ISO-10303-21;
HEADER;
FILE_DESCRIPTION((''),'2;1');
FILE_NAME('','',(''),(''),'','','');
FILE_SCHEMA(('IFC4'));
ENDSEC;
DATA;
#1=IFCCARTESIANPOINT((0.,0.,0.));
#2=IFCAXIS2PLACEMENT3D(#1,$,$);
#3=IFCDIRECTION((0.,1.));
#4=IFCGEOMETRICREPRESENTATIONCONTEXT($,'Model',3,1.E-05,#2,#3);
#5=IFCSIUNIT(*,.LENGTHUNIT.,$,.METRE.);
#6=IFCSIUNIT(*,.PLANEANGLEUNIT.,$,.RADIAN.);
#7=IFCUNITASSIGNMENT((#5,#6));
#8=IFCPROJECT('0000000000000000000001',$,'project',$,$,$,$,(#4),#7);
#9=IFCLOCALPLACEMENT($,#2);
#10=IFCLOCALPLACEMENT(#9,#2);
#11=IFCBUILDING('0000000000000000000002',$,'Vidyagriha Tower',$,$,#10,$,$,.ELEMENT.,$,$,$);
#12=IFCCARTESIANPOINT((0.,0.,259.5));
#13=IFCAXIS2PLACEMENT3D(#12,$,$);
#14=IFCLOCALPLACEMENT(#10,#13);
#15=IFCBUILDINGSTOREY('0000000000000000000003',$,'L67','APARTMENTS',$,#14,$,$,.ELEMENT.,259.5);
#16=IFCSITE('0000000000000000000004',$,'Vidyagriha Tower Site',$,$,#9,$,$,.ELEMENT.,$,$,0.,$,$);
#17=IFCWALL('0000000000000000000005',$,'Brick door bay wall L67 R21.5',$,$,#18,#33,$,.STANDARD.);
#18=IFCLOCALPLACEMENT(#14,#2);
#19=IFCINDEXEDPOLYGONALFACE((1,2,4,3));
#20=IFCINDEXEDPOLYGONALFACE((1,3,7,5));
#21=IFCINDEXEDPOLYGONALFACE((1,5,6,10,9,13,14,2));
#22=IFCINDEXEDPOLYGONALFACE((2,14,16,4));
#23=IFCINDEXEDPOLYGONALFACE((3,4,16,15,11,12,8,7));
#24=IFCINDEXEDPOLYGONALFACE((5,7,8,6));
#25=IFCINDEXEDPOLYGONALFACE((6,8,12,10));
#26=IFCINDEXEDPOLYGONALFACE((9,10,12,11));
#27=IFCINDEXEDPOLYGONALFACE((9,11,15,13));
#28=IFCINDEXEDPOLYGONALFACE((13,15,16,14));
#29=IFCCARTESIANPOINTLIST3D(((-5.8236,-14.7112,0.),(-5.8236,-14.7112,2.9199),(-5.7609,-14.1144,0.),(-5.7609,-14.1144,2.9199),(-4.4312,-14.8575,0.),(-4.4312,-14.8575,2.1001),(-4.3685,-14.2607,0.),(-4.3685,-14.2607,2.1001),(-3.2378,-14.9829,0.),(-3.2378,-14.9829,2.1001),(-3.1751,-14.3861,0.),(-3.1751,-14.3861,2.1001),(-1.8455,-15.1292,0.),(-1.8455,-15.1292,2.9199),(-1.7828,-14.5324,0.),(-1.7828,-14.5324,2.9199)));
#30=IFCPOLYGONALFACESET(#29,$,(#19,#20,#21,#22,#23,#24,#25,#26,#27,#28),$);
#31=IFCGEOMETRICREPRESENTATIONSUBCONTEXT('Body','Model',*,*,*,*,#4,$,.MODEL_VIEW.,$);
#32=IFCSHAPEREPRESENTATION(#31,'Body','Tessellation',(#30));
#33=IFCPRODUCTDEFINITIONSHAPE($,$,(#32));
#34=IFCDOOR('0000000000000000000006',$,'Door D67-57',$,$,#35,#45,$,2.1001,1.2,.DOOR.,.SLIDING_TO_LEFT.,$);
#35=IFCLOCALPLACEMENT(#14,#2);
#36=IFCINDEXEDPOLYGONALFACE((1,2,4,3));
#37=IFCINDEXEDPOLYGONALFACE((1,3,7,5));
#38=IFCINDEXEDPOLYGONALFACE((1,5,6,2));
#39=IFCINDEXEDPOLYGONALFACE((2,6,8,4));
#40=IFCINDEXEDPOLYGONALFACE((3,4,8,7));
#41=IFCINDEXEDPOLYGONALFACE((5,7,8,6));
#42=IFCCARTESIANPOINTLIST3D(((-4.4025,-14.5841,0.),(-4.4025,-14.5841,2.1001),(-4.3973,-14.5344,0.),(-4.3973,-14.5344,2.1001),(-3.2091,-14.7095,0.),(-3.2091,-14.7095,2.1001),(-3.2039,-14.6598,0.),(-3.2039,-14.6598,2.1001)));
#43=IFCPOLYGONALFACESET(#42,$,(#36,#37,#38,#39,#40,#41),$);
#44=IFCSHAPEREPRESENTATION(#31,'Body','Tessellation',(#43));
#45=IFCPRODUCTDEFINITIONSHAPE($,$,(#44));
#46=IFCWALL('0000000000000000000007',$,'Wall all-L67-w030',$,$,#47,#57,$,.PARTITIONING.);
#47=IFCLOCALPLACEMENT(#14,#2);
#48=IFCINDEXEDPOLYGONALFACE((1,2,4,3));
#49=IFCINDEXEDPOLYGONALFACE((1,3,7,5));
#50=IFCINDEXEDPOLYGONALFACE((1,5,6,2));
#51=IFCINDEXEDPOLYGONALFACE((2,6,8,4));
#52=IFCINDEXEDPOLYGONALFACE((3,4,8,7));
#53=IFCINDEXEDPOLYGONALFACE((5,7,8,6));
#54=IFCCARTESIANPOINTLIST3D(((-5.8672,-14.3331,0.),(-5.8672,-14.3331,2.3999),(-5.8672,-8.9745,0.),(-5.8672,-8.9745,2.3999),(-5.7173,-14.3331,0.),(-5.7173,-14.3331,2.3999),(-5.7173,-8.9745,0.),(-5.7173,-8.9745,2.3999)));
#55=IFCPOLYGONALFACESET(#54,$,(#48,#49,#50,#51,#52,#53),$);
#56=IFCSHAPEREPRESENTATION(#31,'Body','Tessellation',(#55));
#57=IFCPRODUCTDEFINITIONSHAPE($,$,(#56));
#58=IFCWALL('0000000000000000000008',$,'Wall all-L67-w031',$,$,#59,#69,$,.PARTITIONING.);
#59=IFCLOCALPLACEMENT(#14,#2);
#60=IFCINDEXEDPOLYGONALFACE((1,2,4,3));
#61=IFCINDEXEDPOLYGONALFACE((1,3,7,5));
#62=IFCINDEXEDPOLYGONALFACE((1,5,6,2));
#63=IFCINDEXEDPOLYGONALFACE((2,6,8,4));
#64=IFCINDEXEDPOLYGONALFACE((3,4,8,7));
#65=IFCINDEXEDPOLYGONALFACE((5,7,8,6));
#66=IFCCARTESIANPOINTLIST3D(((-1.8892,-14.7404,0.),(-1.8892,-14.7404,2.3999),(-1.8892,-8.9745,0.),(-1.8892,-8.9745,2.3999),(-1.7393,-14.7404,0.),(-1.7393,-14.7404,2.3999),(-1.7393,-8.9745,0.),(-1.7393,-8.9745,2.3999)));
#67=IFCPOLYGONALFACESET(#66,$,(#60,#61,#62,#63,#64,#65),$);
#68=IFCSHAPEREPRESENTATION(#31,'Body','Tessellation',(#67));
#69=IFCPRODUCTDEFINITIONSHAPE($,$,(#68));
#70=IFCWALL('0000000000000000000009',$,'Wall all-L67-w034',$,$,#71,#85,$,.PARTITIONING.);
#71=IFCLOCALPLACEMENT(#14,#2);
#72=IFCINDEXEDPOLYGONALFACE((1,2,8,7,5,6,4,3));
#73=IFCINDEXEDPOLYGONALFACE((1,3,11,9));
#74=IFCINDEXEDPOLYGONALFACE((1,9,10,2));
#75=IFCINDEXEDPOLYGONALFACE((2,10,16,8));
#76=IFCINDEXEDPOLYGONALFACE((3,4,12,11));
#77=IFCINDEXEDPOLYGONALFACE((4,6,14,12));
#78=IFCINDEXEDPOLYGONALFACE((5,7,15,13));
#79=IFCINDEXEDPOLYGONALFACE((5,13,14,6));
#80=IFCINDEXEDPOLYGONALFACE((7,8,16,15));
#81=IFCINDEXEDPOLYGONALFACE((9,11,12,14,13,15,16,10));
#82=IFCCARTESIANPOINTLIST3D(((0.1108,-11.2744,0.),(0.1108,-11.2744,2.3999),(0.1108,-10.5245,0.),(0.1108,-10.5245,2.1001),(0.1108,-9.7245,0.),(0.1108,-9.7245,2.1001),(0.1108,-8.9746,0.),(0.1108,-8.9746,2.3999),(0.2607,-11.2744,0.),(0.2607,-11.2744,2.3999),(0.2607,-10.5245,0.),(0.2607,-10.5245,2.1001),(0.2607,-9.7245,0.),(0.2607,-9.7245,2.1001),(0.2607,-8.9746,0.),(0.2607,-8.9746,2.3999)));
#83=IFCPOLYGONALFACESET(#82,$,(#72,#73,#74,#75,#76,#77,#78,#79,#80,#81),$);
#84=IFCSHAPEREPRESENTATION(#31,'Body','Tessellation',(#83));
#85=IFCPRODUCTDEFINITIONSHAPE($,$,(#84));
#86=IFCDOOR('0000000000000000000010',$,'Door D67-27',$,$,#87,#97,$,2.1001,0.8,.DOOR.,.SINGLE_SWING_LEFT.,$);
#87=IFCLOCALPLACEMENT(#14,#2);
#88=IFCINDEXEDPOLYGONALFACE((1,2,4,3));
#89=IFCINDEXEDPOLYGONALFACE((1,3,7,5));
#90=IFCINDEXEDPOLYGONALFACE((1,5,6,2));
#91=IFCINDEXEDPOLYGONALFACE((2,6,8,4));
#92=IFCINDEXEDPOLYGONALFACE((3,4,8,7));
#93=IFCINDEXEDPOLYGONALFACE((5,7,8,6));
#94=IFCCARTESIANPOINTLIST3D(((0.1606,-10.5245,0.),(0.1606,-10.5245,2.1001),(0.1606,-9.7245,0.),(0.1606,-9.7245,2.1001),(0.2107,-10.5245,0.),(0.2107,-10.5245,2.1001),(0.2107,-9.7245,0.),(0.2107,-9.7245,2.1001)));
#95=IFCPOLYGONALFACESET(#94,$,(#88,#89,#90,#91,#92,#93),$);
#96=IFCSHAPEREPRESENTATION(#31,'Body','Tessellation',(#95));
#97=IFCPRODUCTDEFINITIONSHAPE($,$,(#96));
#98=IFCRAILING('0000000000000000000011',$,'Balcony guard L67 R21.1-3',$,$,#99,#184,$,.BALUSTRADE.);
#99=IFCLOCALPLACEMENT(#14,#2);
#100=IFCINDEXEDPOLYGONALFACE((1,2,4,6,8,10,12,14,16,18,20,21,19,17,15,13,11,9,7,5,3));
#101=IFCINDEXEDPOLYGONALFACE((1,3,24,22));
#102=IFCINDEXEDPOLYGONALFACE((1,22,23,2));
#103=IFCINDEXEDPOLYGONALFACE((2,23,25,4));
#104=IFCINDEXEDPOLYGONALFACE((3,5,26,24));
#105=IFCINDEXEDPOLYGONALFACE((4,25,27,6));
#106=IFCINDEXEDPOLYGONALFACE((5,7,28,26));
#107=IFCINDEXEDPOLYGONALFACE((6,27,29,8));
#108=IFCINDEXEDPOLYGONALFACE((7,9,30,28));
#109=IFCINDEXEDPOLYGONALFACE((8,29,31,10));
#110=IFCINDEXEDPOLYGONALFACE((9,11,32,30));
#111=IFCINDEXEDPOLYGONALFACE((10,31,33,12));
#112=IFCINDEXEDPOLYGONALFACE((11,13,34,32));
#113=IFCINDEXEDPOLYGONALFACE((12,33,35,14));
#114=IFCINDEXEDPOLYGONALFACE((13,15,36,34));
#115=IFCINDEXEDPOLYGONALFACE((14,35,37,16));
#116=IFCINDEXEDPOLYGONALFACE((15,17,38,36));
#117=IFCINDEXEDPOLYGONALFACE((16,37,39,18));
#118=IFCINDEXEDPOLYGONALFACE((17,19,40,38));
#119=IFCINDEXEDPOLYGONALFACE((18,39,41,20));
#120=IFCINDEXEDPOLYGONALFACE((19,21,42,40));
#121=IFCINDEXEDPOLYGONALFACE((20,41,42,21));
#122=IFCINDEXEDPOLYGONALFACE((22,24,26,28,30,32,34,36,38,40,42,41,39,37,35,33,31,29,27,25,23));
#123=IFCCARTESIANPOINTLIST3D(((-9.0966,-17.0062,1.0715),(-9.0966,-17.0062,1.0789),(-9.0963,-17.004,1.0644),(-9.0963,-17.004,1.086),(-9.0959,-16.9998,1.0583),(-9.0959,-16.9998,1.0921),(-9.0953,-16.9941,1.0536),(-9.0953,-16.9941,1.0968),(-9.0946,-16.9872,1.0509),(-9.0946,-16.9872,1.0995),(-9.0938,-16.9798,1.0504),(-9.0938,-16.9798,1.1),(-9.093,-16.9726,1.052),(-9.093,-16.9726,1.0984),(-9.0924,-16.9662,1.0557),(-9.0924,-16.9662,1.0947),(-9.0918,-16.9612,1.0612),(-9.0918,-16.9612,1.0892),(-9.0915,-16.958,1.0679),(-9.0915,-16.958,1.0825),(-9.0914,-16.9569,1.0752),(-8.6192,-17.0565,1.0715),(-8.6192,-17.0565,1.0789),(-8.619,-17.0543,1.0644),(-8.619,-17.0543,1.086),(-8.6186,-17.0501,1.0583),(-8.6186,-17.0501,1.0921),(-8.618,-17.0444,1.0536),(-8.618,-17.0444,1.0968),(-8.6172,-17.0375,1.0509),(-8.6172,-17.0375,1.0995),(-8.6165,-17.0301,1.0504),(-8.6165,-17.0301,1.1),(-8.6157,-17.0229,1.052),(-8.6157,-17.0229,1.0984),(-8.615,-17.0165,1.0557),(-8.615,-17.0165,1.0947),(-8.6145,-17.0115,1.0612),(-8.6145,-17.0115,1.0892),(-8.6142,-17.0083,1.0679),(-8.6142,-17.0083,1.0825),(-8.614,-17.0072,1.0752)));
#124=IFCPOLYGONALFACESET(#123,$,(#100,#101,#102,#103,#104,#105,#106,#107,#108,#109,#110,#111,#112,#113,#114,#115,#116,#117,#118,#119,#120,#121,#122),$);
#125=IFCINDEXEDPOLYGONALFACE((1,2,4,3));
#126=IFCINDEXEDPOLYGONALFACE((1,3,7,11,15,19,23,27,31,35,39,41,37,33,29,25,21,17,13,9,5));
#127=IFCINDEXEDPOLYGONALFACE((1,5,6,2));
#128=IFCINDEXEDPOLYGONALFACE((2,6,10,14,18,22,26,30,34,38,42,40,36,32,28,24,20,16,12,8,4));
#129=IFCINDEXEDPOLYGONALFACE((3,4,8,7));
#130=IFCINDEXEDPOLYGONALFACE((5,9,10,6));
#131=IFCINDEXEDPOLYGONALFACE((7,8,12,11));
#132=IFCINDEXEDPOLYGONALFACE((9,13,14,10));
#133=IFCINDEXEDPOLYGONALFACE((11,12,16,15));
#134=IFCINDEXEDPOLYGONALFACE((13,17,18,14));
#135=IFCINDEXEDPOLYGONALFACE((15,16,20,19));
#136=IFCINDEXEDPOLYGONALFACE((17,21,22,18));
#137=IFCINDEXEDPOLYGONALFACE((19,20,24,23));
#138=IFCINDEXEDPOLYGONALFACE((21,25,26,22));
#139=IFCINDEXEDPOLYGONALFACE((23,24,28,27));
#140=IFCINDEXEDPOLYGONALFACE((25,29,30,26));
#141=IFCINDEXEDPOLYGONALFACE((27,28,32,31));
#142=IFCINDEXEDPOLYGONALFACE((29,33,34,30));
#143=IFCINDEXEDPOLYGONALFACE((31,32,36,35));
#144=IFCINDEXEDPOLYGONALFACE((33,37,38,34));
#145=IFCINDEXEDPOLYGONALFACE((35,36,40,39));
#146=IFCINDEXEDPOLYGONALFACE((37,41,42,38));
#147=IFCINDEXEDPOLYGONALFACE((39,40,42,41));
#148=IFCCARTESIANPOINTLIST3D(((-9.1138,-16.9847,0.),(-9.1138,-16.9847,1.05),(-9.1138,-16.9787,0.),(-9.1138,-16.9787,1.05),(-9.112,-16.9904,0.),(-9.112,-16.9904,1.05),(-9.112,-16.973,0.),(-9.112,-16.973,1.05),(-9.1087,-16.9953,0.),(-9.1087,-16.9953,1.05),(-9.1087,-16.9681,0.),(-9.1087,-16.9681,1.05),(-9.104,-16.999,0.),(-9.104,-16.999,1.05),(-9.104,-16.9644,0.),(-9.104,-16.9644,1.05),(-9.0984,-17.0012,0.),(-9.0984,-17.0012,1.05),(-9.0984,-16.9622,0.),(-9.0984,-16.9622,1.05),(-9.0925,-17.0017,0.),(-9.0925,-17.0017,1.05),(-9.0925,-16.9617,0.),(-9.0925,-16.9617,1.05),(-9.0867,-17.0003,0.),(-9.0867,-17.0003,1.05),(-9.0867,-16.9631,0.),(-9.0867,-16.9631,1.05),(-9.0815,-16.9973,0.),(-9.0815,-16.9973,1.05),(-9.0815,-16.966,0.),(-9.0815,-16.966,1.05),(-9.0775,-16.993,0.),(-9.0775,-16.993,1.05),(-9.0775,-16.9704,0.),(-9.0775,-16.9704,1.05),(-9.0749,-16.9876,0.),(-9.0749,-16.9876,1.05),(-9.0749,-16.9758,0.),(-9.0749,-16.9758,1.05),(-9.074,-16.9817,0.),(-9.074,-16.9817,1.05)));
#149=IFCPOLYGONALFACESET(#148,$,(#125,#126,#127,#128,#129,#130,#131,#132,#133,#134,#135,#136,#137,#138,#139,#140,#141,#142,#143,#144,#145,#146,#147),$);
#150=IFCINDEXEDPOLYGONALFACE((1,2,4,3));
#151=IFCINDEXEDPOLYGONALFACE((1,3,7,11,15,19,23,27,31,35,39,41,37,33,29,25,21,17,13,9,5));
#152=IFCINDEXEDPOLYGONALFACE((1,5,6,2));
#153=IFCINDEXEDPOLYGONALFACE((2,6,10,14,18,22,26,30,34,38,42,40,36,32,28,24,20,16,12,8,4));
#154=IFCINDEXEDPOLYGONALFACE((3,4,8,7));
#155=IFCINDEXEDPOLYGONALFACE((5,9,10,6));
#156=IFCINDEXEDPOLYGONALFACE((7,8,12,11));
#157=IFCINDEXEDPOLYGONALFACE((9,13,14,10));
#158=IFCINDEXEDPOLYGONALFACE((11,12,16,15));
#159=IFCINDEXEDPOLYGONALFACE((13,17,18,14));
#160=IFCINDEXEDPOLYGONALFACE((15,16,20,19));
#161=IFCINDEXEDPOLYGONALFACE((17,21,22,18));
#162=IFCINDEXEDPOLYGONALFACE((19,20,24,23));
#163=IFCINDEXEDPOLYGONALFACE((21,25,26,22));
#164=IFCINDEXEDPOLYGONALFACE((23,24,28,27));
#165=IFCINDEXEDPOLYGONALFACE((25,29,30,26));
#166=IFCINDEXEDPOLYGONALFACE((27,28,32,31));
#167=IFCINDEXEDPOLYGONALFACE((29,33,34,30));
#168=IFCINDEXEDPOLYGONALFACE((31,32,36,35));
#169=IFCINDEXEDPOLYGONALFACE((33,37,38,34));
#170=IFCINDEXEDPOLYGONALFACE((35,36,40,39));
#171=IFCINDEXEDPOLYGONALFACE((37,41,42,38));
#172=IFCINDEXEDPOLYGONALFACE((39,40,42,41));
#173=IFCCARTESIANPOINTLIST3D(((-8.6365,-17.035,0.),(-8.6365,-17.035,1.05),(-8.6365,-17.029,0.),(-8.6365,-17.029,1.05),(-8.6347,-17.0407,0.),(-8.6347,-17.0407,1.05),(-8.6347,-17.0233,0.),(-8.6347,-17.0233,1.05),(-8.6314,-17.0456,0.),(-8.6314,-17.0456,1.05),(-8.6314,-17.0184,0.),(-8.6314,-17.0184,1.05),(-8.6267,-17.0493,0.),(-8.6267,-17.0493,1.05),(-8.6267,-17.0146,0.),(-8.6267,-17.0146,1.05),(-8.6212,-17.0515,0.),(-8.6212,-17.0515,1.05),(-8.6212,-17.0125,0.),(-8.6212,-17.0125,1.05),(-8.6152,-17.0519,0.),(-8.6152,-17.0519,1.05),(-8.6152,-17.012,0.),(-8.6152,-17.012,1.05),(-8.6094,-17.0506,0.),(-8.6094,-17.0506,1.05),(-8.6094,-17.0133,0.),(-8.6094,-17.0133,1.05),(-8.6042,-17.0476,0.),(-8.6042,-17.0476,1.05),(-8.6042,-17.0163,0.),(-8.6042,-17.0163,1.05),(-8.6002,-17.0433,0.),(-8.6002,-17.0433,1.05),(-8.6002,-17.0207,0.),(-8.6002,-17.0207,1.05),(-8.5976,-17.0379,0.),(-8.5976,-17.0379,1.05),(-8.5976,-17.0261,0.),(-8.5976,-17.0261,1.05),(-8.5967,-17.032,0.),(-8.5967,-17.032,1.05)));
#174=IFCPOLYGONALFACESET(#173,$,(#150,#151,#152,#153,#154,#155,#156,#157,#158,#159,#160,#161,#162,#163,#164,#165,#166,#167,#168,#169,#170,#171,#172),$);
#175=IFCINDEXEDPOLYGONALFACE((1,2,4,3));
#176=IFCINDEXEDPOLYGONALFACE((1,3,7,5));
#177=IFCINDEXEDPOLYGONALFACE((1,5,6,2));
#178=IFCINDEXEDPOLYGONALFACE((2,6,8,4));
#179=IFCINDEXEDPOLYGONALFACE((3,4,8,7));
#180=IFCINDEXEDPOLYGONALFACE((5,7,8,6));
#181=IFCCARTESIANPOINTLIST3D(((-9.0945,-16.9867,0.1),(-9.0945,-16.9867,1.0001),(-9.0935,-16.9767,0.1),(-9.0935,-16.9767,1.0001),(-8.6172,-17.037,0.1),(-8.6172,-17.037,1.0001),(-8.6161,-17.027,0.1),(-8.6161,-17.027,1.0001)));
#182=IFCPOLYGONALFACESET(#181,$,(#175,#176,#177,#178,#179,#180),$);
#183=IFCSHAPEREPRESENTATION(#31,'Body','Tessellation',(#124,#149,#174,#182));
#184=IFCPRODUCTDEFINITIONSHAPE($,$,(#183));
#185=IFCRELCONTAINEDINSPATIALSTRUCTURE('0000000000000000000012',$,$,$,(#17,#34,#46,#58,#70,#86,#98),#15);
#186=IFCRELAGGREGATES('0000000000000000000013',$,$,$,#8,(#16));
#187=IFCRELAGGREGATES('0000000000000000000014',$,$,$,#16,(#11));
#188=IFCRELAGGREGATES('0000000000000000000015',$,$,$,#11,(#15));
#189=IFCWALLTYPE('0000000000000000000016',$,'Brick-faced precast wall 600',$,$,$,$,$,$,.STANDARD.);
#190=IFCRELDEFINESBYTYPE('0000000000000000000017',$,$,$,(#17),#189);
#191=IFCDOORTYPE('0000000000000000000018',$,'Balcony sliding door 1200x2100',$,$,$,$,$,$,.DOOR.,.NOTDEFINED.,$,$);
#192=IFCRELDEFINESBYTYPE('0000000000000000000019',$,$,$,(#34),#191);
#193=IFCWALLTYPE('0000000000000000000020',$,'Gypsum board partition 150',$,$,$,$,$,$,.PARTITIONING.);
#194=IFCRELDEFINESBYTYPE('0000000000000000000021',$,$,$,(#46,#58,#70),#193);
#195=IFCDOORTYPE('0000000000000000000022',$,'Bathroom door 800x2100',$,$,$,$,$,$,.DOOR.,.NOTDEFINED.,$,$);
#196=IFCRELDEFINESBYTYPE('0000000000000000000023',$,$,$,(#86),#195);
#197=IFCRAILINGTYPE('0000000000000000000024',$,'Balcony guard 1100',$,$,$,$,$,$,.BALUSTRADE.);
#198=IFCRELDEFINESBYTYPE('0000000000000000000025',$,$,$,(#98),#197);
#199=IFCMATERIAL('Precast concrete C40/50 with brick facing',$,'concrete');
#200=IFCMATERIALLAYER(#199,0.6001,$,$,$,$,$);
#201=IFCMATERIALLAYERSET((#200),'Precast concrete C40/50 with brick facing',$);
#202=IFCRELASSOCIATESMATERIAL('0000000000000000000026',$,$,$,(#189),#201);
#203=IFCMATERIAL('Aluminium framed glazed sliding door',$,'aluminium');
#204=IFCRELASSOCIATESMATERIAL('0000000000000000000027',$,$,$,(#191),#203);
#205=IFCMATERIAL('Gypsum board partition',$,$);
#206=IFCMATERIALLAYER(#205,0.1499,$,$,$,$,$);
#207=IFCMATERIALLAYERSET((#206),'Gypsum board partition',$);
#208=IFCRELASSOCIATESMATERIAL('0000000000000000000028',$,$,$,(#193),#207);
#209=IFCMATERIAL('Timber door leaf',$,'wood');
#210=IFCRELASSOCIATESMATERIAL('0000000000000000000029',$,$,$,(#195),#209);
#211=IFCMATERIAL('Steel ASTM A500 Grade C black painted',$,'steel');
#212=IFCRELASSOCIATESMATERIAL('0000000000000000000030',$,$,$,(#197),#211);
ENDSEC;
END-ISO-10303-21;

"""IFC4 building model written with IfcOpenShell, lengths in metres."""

from ifc_helpers import new_model, si_unit, direction, frame, frame_2d, origin, origin_2d, place, context, subcontext, project, spatial, rectangle, circle, extrude, material, layer, layer_set, type_object, element, fill, save


model = new_model("IFC4")

# Units and contexts
model_context = context("Model", 3, precision=1e-05, world=origin(), true_north=direction((0.0, 1.0)))
body_context = subcontext(model_context, "Body", "Model", "MODEL_VIEW")
ifc_project = project(units=[si_unit("LENGTHUNIT", "METRE"), si_unit("PLANEANGLEUNIT", "RADIAN")], contexts=[model_context])

# Site, building, storey
site_placement = place(None, origin())
site = spatial("IfcSite", under=ifc_project, at=site_placement, Name="Vidyagriha Tower Site", CompositionType="ELEMENT", RefElevation=0.0)
building_placement = place(site_placement, origin())
building = spatial("IfcBuilding", under=site, at=building_placement, Name="Vidyagriha Tower", CompositionType="ELEMENT")
storey_placement = place(building_placement, frame((0.0, 0.0, 259.5)))
storey = spatial("IfcBuildingStorey", under=building, at=storey_placement, Name="L67", Description="APARTMENTS", CompositionType="ELEMENT", Elevation=259.5)

# Wall, opening, door
ifc_material_1 = material(Name="Precast concrete C40/50 with brick facing", Category="concrete")
ifc_layer_1 = layer(ifc_material_1, 0.6001)
ifc_layer_set_1 = layer_set([ifc_layer_1], Name="Precast concrete C40/50 with brick facing")
wall_type_1 = type_object("IfcWallType", Name="Brick-faced precast wall 600", PredefinedType="STANDARD", material=ifc_layer_set_1)
wall_1_placement = place(storey_placement, frame((-5.7922, -14.4128, 0.0), z_axis=(0.0, 0.0, 1.0), x_axis=(0.994526, -0.104494, 0.0)))
wall_1 = element("IfcWall", 1, at=wall_1_placement, inside=storey, type_object=wall_type_1, Name="Brick door bay wall L67 R21.5", PredefinedType="STANDARD", context=body_context, shape_type="SweptSolid", body=[
    extrude(rectangle(XDim=4.0, YDim=0.6001, at=frame_2d((2.0, 0.0))), origin(), (0.0, 0.0, 1.0), 2.9199),
])
opening_1_placement = place(wall_1_placement, frame((1.3999, 0.0, 0.0)))
opening_1 = element("IfcOpeningElement", 2, at=opening_1_placement, cuts=wall_1, PredefinedType="OPENING", context=body_context, shape_type="SweptSolid", body=[
    extrude(rectangle(XDim=1.2, YDim=2.1001, at=frame_2d((0.6001, 1.05))), frame((0.0, 0.3101, 0.0), z_axis=(0.0, -1.0, 0.0), x_axis=(1.0, 0.0, 0.0)), (0.0, 0.0, 1.0), 0.6201),
])
ifc_material_2 = material(Name="Aluminium framed glazed sliding door", Category="aluminium")
door_type_1 = type_object("IfcDoorType", Name="Balcony sliding door 1200x2100", OperationType="NOTDEFINED", PredefinedType="DOOR", material=ifc_material_2)
door_1_placement = place(opening_1_placement, origin())
door_1 = element("IfcDoor", 3, at=door_1_placement, inside=storey, type_object=door_type_1, Name="Door D67-57", OperationType="SLIDING_TO_LEFT", OverallHeight=2.1001, OverallWidth=1.2, PredefinedType="DOOR", context=body_context, shape_type="SweptSolid", body=[
    extrude(rectangle(XDim=1.2, YDim=2.1001, at=frame_2d((0.6001, 1.05))), frame((0.0, 0.0249, 0.0), z_axis=(0.0, -1.0, 0.0), x_axis=(1.0, 0.0, 0.0)), (0.0, 0.0, 1.0), 0.05),
])
fill(opening_1, door_1)

# Walls
ifc_material_3 = material(Name="Gypsum board partition")
ifc_layer_2 = layer(ifc_material_3, 0.1499)
ifc_layer_set_2 = layer_set([ifc_layer_2], Name="Gypsum board partition")
wall_type_2 = type_object("IfcWallType", Name="Gypsum board partition 150", PredefinedType="PARTITIONING", material=ifc_layer_set_2)
wall_2_placement = place(storey_placement, frame((-5.7922, -8.9746, 0.0), z_axis=(0.0, 0.0, 1.0), x_axis=(0.0, -1.0, 0.0)))
element("IfcWall", 4, at=wall_2_placement, inside=storey, type_object=wall_type_2, Name="Wall all-L67-w030", PredefinedType="PARTITIONING", context=body_context, shape_type="SweptSolid", body=[
    extrude(rectangle(XDim=5.3586, YDim=0.1499, at=frame_2d((2.6792, 0.0))), origin(), (0.0, 0.0, 1.0), 2.3999),
])
wall_3_placement = place(storey_placement, frame((-1.8142, -8.9746, 0.0), z_axis=(0.0, 0.0, 1.0), x_axis=(0.0, -1.0, 0.0)))
element("IfcWall", 5, at=wall_3_placement, inside=storey, type_object=wall_type_2, Name="Wall all-L67-w031", PredefinedType="PARTITIONING", context=body_context, shape_type="SweptSolid", body=[
    extrude(rectangle(XDim=5.7659, YDim=0.1499, at=frame_2d((2.8828, 0.0))), origin(), (0.0, 0.0, 1.0), 2.3999),
])

# Wall, opening, door
wall_4_placement = place(storey_placement, frame((0.1858, -8.9746, 0.0), z_axis=(0.0, 0.0, 1.0), x_axis=(0.0, -1.0, 0.0)))
wall_4 = element("IfcWall", 6, at=wall_4_placement, inside=storey, type_object=wall_type_2, Name="Wall all-L67-w034", PredefinedType="PARTITIONING", context=body_context, shape_type="SweptSolid", body=[
    extrude(rectangle(XDim=2.2998, YDim=0.1499, at=frame_2d((1.1499, 0.0))), origin(), (0.0, 0.0, 1.0), 2.3999),
])
opening_2_placement = place(wall_4_placement, frame((0.75, 0.0, 0.0)))
opening_2 = element("IfcOpeningElement", 7, at=opening_2_placement, cuts=wall_4, PredefinedType="OPENING", context=body_context, shape_type="SweptSolid", body=[
    extrude(rectangle(XDim=0.8, YDim=2.1001, at=frame_2d((0.3999, 1.05))), frame((0.0, 0.085, 0.0), z_axis=(0.0, -1.0, 0.0), x_axis=(1.0, 0.0, 0.0)), (0.0, 0.0, 1.0), 0.1699),
])
ifc_material_4 = material(Name="Timber door leaf", Category="wood")
door_type_2 = type_object("IfcDoorType", Name="Bathroom door 800x2100", OperationType="NOTDEFINED", PredefinedType="DOOR", material=ifc_material_4)
door_2_placement = place(opening_2_placement, origin())
door_2 = element("IfcDoor", 8, at=door_2_placement, inside=storey, type_object=door_type_2, Name="Door D67-27", OperationType="SINGLE_SWING_LEFT", OverallHeight=2.1001, OverallWidth=0.8, PredefinedType="DOOR", context=body_context, shape_type="SweptSolid", body=[
    extrude(rectangle(XDim=0.8, YDim=2.1001, at=frame_2d((0.3999, 1.05))), frame((0.0, 0.0249, 0.0), z_axis=(0.0, -1.0, 0.0), x_axis=(1.0, 0.0, 0.0)), (0.0, 0.0, 1.0), 0.05),
])
fill(opening_2, door_2)

# Railing
ifc_material_5 = material(Name="Steel ASTM A500 Grade C black painted", Category="steel")
railing_type = type_object("IfcRailingType", Name="Balcony guard 1100", PredefinedType="BALUSTRADE", material=ifc_material_5)
railing_1_placement = place(storey_placement, frame((-9.094, -16.9817, 0.0)))
element("IfcRailing", 9, at=railing_1_placement, inside=storey, type_object=railing_type, Name="Balcony guard L67 R21.1-3", PredefinedType="BALUSTRADE", context=body_context, shape_type="SweptSolid", body=[
    extrude(circle(Radius=0.0249, at=origin_2d()), frame((0.0, 0.0, 1.0752), z_axis=(0.994494, -0.104791, 0.0), x_axis=(0.104791, 0.994494, 0.0)), (0.0, 0.0, 1.0), 0.48),
    extrude(circle(Radius=0.02, at=origin_2d()), origin(), (0.0, 0.0, 1.0), 1.05),
    extrude(circle(Radius=0.02, at=origin_2d()), frame((0.4773, -0.0503, 0.0)), (0.0, 0.0, 1.0), 1.05),
    extrude(rectangle(XDim=0.01, YDim=0.9001, at=origin_2d()), frame((0.0, 0.0, 0.55), z_axis=(0.994494, -0.104791, 0.0), x_axis=(0.104791, 0.994494, 0.0)), (0.0, 0.0, 1.0), 0.48),
])

save(model, "model.ifc")
